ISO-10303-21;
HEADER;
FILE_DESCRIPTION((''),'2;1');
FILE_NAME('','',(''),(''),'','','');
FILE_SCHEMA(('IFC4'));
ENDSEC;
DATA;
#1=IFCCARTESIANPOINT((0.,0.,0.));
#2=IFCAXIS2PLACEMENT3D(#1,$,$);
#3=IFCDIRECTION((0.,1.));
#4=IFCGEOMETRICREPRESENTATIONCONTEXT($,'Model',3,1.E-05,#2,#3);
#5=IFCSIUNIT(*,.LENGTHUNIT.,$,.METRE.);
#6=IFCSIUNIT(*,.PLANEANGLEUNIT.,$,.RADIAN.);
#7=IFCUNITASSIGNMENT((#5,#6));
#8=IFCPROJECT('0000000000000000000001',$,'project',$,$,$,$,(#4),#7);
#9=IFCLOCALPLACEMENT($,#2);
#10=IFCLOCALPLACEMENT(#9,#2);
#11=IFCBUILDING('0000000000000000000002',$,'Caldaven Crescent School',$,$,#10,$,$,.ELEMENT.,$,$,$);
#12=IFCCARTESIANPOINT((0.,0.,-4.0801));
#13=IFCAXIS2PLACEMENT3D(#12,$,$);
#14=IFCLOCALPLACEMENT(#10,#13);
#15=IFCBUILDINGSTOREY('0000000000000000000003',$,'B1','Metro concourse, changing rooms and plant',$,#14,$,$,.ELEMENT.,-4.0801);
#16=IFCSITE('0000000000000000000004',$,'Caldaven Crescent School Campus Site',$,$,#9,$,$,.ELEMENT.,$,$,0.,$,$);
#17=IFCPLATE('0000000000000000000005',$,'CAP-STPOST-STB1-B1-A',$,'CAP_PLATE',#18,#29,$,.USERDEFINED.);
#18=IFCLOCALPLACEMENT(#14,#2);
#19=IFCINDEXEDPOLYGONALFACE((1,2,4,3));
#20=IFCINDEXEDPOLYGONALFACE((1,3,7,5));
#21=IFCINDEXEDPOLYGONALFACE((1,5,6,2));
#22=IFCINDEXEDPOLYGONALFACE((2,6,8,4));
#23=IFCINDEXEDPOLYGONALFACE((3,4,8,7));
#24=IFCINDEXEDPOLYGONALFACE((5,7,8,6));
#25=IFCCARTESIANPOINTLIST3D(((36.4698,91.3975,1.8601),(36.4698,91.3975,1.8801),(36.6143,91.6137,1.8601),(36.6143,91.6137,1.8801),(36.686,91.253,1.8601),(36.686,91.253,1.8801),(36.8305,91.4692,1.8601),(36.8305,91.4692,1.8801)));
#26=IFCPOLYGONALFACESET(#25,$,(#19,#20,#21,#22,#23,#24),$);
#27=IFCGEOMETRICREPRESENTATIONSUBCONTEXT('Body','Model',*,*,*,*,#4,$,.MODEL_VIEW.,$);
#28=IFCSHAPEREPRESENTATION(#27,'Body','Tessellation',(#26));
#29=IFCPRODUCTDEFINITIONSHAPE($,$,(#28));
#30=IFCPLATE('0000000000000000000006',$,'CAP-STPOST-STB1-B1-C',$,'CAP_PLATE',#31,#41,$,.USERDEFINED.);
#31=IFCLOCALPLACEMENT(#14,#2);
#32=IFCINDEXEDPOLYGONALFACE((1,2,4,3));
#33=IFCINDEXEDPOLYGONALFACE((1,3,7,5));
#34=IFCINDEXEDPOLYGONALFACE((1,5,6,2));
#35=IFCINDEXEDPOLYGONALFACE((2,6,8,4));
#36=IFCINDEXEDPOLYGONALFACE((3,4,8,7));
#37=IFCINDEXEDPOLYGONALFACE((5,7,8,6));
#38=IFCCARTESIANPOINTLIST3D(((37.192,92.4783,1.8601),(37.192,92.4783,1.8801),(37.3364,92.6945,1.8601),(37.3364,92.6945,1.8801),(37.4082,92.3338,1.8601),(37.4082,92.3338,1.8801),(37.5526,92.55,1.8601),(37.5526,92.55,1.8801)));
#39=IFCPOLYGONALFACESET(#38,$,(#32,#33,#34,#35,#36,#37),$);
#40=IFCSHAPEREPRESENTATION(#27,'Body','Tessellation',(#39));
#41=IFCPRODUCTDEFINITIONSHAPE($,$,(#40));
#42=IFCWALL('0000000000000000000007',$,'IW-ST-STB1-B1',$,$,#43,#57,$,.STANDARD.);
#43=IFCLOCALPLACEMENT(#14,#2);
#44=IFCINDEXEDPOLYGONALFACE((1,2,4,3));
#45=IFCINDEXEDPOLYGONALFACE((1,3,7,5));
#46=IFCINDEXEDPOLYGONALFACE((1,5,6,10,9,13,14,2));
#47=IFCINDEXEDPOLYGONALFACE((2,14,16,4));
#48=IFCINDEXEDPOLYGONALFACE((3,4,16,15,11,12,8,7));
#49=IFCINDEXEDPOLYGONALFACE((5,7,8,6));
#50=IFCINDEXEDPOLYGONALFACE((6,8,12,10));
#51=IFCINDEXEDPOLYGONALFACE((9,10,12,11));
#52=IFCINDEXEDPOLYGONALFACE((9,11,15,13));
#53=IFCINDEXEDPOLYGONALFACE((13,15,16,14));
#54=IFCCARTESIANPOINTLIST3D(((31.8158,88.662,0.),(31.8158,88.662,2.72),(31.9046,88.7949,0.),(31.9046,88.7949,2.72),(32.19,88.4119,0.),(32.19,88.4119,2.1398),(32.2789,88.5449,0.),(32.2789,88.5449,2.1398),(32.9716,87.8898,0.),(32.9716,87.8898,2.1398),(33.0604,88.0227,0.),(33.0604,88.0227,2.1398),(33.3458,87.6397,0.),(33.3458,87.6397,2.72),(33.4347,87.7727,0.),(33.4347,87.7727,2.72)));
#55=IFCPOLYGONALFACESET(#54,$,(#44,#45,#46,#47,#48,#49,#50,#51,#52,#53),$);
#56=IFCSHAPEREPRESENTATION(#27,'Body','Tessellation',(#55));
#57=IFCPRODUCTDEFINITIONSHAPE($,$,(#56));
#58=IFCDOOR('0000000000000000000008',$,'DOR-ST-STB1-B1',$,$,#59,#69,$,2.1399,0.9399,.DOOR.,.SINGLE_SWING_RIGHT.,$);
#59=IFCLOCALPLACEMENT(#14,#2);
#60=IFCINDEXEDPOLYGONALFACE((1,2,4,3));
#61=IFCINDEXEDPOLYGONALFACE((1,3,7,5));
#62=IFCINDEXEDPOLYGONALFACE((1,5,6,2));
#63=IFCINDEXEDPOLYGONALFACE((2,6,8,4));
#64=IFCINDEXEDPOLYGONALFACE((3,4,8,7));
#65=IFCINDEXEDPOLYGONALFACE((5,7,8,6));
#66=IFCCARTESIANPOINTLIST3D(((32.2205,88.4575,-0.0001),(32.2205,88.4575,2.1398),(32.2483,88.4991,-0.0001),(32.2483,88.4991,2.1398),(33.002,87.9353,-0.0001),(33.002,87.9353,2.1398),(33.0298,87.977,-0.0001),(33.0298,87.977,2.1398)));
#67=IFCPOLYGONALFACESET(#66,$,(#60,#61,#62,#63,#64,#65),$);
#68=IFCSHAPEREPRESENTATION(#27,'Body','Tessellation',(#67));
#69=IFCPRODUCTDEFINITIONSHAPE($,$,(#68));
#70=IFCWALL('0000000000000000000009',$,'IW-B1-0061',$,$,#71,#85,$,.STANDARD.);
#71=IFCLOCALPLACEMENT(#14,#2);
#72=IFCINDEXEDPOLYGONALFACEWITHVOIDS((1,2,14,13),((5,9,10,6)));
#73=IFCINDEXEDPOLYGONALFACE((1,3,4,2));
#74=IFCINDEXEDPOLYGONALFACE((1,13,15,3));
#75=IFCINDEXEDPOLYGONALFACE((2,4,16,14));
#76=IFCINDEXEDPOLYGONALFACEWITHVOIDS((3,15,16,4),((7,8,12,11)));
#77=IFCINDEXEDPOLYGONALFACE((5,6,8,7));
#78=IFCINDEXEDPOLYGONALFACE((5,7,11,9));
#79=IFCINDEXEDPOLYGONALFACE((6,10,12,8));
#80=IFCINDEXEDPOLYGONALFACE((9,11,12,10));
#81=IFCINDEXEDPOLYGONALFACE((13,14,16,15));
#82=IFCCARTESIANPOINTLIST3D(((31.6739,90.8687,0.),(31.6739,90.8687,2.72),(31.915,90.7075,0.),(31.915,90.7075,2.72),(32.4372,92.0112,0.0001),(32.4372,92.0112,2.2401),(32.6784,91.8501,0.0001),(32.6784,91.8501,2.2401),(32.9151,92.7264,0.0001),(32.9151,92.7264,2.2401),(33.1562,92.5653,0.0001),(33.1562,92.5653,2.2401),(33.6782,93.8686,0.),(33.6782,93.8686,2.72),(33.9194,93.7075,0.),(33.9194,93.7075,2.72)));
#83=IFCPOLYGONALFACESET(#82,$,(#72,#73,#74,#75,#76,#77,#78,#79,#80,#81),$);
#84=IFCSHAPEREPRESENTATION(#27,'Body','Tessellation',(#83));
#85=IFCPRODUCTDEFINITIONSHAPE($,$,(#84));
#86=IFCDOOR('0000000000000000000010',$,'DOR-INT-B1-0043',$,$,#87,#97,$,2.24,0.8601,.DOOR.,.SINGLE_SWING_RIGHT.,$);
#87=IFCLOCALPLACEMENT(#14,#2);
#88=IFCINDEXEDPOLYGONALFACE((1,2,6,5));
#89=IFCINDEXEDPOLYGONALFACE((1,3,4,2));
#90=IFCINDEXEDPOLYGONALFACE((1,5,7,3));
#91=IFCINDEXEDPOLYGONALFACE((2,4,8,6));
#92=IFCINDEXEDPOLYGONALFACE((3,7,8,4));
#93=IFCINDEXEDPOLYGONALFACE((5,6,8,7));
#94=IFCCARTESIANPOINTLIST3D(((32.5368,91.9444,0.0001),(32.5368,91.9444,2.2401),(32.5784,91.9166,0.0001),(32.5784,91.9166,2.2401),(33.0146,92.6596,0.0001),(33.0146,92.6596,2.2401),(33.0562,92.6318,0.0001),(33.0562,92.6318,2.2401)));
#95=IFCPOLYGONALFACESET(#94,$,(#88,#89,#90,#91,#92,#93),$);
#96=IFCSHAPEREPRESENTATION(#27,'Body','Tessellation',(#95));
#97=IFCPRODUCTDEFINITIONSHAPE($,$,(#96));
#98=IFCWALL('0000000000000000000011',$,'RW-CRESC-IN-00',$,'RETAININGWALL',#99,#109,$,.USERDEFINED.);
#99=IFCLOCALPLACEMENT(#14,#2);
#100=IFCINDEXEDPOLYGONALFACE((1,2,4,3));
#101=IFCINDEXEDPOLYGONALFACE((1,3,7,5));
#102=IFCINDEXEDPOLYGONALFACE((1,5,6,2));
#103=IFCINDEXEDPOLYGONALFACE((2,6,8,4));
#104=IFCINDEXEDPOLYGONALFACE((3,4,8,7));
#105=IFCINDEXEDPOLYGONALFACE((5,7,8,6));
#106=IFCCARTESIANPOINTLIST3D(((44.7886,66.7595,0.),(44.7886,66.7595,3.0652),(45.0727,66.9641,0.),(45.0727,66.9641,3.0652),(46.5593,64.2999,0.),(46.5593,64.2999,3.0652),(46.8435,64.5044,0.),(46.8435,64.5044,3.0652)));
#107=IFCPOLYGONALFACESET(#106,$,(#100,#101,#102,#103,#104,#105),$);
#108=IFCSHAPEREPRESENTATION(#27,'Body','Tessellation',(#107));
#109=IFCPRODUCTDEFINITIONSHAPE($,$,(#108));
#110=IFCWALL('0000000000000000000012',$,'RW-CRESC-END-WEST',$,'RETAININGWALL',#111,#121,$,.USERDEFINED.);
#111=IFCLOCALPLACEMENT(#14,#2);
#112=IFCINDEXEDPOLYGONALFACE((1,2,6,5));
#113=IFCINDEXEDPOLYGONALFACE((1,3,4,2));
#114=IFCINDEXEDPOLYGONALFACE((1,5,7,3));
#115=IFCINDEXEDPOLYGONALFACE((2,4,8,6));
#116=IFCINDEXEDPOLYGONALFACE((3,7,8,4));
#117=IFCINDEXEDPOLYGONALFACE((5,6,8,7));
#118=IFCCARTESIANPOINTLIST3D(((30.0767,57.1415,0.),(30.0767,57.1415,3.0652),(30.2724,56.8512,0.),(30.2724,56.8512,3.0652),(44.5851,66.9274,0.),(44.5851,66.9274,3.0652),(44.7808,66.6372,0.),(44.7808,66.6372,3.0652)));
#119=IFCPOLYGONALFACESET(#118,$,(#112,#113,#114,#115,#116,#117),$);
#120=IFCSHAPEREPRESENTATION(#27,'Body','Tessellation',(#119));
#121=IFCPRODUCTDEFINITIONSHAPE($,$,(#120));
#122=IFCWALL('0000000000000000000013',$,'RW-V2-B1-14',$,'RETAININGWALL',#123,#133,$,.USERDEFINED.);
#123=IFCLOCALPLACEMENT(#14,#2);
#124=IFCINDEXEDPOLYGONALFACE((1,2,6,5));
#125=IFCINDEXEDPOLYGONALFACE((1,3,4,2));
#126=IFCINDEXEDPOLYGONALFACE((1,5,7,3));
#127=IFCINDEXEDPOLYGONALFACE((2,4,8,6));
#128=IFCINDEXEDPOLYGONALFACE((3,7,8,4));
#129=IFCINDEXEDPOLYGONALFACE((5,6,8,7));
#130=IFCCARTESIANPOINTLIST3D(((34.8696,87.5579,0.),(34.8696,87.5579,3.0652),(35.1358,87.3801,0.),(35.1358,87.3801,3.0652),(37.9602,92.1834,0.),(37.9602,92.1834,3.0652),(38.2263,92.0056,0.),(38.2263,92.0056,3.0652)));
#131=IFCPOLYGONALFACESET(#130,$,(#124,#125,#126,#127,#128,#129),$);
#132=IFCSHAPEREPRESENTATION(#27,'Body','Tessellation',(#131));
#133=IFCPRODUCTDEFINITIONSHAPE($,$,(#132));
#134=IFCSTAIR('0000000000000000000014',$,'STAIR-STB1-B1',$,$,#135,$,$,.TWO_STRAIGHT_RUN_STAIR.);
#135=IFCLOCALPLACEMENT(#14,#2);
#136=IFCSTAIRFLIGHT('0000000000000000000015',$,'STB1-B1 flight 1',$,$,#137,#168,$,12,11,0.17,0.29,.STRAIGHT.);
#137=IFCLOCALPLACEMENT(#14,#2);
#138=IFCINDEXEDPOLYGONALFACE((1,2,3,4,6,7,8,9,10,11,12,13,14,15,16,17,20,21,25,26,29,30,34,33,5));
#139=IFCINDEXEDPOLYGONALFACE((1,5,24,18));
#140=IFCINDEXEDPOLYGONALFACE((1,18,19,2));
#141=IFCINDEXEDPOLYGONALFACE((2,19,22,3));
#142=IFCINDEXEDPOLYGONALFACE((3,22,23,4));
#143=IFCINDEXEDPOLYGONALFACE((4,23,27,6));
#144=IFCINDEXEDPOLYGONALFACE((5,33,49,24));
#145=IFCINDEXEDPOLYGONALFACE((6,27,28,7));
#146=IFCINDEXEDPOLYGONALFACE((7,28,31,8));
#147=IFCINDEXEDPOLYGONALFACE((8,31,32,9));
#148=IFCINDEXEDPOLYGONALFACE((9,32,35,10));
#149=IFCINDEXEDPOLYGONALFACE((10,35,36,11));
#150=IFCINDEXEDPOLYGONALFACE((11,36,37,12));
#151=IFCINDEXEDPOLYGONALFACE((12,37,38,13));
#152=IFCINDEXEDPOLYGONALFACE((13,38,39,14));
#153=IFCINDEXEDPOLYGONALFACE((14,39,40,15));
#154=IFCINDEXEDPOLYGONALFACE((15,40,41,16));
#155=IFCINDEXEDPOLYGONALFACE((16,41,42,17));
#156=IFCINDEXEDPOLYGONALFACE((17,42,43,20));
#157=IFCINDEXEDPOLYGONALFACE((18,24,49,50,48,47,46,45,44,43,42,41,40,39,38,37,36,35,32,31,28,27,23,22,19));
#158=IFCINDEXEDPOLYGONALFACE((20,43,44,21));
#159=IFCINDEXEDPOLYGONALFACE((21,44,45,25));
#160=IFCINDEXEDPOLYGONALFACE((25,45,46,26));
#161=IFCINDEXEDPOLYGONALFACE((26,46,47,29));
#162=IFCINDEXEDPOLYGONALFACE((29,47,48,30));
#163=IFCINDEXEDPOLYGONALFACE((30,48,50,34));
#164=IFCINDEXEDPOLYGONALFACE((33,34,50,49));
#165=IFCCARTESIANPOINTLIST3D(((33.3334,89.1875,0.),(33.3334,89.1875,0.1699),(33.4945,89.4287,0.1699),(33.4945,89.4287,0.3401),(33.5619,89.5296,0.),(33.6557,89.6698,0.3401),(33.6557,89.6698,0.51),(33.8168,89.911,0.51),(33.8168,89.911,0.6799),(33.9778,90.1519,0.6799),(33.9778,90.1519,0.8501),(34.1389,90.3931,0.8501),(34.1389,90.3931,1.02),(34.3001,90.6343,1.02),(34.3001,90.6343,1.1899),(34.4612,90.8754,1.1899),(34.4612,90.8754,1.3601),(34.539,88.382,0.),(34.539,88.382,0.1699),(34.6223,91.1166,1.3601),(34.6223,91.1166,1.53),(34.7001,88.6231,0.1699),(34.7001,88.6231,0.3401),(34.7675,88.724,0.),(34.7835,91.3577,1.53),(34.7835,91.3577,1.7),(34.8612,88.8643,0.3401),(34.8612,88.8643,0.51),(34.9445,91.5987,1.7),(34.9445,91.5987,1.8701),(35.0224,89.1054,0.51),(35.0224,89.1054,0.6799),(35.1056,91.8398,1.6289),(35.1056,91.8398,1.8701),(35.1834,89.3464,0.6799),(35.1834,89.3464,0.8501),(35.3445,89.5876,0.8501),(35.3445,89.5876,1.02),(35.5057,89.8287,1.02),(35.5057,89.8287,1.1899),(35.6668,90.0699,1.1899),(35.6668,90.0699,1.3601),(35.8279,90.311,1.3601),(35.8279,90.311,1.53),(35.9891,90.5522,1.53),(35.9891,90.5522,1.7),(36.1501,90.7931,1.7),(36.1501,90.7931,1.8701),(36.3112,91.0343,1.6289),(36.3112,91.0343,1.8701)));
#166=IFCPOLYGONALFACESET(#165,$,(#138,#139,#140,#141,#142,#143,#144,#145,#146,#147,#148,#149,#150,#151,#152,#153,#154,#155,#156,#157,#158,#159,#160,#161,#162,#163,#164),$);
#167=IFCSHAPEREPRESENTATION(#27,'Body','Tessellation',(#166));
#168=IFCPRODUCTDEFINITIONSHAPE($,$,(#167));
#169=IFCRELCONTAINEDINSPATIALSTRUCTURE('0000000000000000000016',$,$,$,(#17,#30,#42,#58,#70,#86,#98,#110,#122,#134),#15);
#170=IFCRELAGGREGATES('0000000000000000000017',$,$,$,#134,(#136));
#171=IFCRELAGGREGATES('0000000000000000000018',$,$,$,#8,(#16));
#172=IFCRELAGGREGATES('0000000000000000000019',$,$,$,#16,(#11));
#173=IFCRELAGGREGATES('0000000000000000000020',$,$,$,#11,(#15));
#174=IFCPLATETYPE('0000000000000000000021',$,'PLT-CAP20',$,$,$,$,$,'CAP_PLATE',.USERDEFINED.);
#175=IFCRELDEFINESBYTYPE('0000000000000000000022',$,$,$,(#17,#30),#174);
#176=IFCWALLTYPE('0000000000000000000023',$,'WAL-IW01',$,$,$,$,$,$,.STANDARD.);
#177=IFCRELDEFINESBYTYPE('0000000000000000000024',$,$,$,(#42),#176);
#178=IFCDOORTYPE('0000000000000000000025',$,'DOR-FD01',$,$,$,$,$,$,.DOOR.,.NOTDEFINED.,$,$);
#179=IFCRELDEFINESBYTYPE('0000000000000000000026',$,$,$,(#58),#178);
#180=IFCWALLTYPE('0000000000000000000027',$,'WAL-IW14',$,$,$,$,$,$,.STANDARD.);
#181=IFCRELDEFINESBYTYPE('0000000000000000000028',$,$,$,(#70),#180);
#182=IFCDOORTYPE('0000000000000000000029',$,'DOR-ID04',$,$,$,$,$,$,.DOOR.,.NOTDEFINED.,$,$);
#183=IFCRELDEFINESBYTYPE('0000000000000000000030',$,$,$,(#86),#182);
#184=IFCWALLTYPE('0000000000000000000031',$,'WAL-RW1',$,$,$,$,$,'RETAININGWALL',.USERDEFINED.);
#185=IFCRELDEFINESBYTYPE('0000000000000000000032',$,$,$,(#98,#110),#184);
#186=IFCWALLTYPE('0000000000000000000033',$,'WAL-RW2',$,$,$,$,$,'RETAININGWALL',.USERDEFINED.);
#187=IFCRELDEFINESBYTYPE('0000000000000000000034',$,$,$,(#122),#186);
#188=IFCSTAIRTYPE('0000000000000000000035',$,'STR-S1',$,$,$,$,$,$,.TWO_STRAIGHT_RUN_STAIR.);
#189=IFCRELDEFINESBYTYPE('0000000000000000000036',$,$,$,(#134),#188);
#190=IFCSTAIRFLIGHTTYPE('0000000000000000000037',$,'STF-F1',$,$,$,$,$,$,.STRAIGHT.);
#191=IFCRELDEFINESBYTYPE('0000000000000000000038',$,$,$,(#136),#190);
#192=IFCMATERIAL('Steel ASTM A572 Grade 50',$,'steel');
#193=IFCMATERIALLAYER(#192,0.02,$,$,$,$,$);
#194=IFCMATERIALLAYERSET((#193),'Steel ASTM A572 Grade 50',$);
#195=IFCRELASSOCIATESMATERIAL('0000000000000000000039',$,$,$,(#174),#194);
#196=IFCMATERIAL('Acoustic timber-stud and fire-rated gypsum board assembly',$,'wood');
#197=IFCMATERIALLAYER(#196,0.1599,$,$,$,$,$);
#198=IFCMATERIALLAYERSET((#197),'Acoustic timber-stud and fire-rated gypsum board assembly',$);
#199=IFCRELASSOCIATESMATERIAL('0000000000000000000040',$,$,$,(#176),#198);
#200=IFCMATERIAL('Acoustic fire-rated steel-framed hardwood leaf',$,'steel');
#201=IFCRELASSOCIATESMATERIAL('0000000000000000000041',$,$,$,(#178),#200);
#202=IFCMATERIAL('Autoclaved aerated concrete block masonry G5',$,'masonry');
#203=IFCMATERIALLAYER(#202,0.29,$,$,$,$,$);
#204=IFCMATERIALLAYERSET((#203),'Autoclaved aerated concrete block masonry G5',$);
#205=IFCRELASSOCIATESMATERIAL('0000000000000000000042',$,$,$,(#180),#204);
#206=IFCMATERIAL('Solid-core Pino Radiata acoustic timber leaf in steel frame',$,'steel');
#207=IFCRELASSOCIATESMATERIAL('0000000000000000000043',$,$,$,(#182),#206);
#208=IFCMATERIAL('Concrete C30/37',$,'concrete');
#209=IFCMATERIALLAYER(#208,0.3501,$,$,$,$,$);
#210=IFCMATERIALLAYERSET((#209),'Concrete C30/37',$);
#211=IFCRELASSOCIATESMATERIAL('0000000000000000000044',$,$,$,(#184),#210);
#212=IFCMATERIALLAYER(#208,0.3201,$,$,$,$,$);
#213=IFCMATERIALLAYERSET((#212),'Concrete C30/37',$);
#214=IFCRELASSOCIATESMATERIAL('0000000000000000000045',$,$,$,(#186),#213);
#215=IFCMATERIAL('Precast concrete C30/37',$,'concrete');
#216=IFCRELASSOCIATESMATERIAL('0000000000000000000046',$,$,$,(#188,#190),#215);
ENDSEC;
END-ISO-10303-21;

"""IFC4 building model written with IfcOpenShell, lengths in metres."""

from ifc_helpers import new_model, si_unit, direction, frame, frame_2d, origin, origin_2d, place, context, subcontext, project, spatial, polyline, rectangle, outline, extrude, material, layer, layer_set, type_object, element, fill, aggregate, save


model = new_model("IFC4")

# Units and contexts
model_context = context("Model", 3, precision=1e-05, world=origin(), true_north=direction((0.0, 1.0)))
body_context = subcontext(model_context, "Body", "Model", "MODEL_VIEW")
ifc_project = project(units=[si_unit("LENGTHUNIT", "METRE"), si_unit("PLANEANGLEUNIT", "RADIAN")], contexts=[model_context])

# Site, building, storey
site_placement = place(None, origin())
site = spatial("IfcSite", under=ifc_project, at=site_placement, Name="Caldaven Crescent School Campus Site", CompositionType="ELEMENT", RefElevation=0.0)
building_placement = place(site_placement, origin())
building = spatial("IfcBuilding", under=site, at=building_placement, Name="Caldaven Crescent School", CompositionType="ELEMENT")
storey_placement = place(building_placement, frame((0.0, 0.0, -4.0801)))
storey = spatial("IfcBuildingStorey", under=building, at=storey_placement, Name="B1", Description="Metro concourse, changing rooms and plant", CompositionType="ELEMENT", Elevation=-4.0801)

# Shared definitions
ifc_material_1 = material(Name="Steel ASTM A572 Grade 50", Category="steel")
ifc_material_2 = material(Name="Concrete C30/37", Category="concrete")

# Plates
ifc_layer_1 = layer(ifc_material_1, 0.02)
ifc_layer_set_1 = layer_set([ifc_layer_1], Name="Steel ASTM A572 Grade 50")
plate_type = type_object("IfcPlateType", Name="PLT-CAP20", ElementType="CAP_PLATE", PredefinedType="USERDEFINED", material=ifc_layer_set_1)
for number, where, z_axis, x_axis, name in (
    (1, (36.6501, 91.4333, 1.8601), (0.0, 0.0, 1.0), (0.55557, 0.83147, 0.0), "CAP-STPOST-STB1-B1-A"),
    (2, (37.3723, 92.5142, 1.8601), (0.0, 0.0, 1.0), (0.55557, 0.83147, 0.0), "CAP-STPOST-STB1-B1-C"),
):
    element("IfcPlate", number, at=place(storey_placement, frame(where, z_axis=z_axis, x_axis=x_axis)), inside=storey, type_object=plate_type, Name=name, ObjectType="CAP_PLATE", PredefinedType="USERDEFINED", context=body_context, shape_type="SweptSolid", body=[
        extrude(rectangle(XDim=0.26, YDim=0.26, at=origin_2d()), origin(), (0.0, 0.0, 1.0), 0.02),
    ])

# Walls, openings, doors
ifc_material_3 = material(Name="Acoustic timber-stud and fire-rated gypsum board assembly", Category="wood")
ifc_layer_2 = layer(ifc_material_3, 0.1599)
ifc_layer_set_2 = layer_set([ifc_layer_2], Name="Acoustic timber-stud and fire-rated gypsum board assembly")
wall_type_1 = type_object("IfcWallType", Name="WAL-IW01", PredefinedType="STANDARD", material=ifc_layer_set_2)
wall_1_placement = place(storey_placement, frame((33.3901, 87.7063, 0.0), z_axis=(0.0, 0.0, 1.0), x_axis=(-0.831499, 0.555527, 0.0)))
wall_1 = element("IfcWall", 3, at=wall_1_placement, inside=storey, type_object=wall_type_1, Name="IW-ST-STB1-B1", PredefinedType="STANDARD", context=body_context, shape_type="SweptSolid", body=[
    extrude(rectangle(XDim=1.8401, YDim=0.1599, at=frame_2d((0.9199, 0.0))), origin(), (0.0, 0.0, 1.0), 2.72),
])
opening_1_placement = place(wall_1_placement, frame((0.45, 0.0, 0.0)))
opening_1 = element("IfcOpeningElement", 4, at=opening_1_placement, cuts=wall_1, PredefinedType="OPENING", context=body_context, shape_type="SweptSolid", body=[
    extrude(rectangle(XDim=0.9399, YDim=2.1399, at=frame_2d((0.47, 1.0698))), frame((0.0, 0.0898, 0.0), z_axis=(0.0, -1.0, 0.0), x_axis=(1.0, 0.0, 0.0)), (0.0, 0.0, 1.0), 0.1799),
])
ifc_material_4 = material(Name="Acoustic fire-rated steel-framed hardwood leaf", Category="steel")
door_type_1 = type_object("IfcDoorType", Name="DOR-FD01", OperationType="NOTDEFINED", PredefinedType="DOOR", material=ifc_material_4)
door_1_placement = place(opening_1_placement, frame((0.9399, 0.0, 0.0), z_axis=(0.0, 0.0, 1.0), x_axis=(-1.0, 0.0, 0.0)))
door_1 = element("IfcDoor", 5, at=door_1_placement, inside=storey, type_object=door_type_1, Name="DOR-ST-STB1-B1", OperationType="SINGLE_SWING_RIGHT", OverallHeight=2.1399, OverallWidth=0.9399, PredefinedType="DOOR", context=body_context, shape_type="SweptSolid", body=[
    extrude(rectangle(XDim=0.9399, YDim=2.1399, at=frame_2d((0.47, 1.0698))), frame((0.0, 0.0249, 0.0), z_axis=(0.0, -1.0, 0.0), x_axis=(1.0, 0.0, 0.0)), (0.0, 0.0, 1.0), 0.05),
])
fill(opening_1, door_1)
ifc_material_5 = material(Name="Autoclaved aerated concrete block masonry G5", Category="masonry")
ifc_layer_3 = layer(ifc_material_5, 0.29)
ifc_layer_set_3 = layer_set([ifc_layer_3], Name="Autoclaved aerated concrete block masonry G5")
wall_type_2 = type_object("IfcWallType", Name="WAL-IW14", PredefinedType="STANDARD", material=ifc_layer_set_3)
wall_2_placement = place(storey_placement, frame((31.7944, 90.7881, 0.0), z_axis=(0.0, 0.0, 1.0), x_axis=(0.555543, 0.831488, 0.0)))
wall_2 = element("IfcWall", 6, at=wall_2_placement, inside=storey, type_object=wall_type_2, Name="IW-B1-0061", PredefinedType="STANDARD", context=body_context, shape_type="SweptSolid", body=[
    extrude(rectangle(XDim=3.6079, YDim=0.29, at=frame_2d((1.804, 0.0))), origin(), (0.0, 0.0, 1.0), 2.72),
])
opening_2_placement = place(wall_2_placement, frame((1.374, 0.0, 0.0)))
opening_2 = element("IfcOpeningElement", 7, at=opening_2_placement, cuts=wall_2, PredefinedType="OPENING", context=body_context, shape_type="SweptSolid", body=[
    extrude(rectangle(XDim=0.8601, YDim=2.24, at=frame_2d((0.4302, 1.1201))), frame((0.0, 0.155, 0.0), z_axis=(0.0, -1.0, 0.0), x_axis=(1.0, 0.0, 0.0)), (0.0, 0.0, 1.0), 0.3101),
])
ifc_material_6 = material(Name="Solid-core Pino Radiata acoustic timber leaf in steel frame", Category="steel")
door_type_2 = type_object("IfcDoorType", Name="DOR-ID04", OperationType="NOTDEFINED", PredefinedType="DOOR", material=ifc_material_6)
door_2_placement = place(opening_2_placement, frame((0.8601, 0.0, 0.0), z_axis=(0.0, 0.0, 1.0), x_axis=(-1.0, 0.0, 0.0)))
door_2 = element("IfcDoor", 8, at=door_2_placement, inside=storey, type_object=door_type_2, Name="DOR-INT-B1-0043", OperationType="SINGLE_SWING_RIGHT", OverallHeight=2.24, OverallWidth=0.8601, PredefinedType="DOOR", context=body_context, shape_type="SweptSolid", body=[
    extrude(rectangle(XDim=0.8601, YDim=2.24, at=frame_2d((0.4302, 1.1201))), frame((0.0, 0.0249, 0.0), z_axis=(0.0, -1.0, 0.0), x_axis=(1.0, 0.0, 0.0)), (0.0, 0.0, 1.0), 0.05),
])
fill(opening_2, door_2)

# Walls
ifc_layer_4 = layer(ifc_material_2, 0.3501)
ifc_layer_set_4 = layer_set([ifc_layer_4], Name="Concrete C30/37")
wall_type_3 = type_object("IfcWallType", Name="WAL-RW1", ElementType="RETAININGWALL", PredefinedType="USERDEFINED", material=ifc_layer_set_4)
wall_3_placement = place(storey_placement, frame((44.9307, 66.8618, 0.0), z_axis=(0.0, 0.0, 1.0), x_axis=(0.584252, -0.811573, 0.0)))
element("IfcWall", 9, at=wall_3_placement, inside=storey, type_object=wall_type_3, Name="RW-CRESC-IN-00", ObjectType="RETAININGWALL", PredefinedType="USERDEFINED", context=body_context, shape_type="SweptSolid", body=[
    extrude(rectangle(XDim=3.0308, YDim=0.3501, at=frame_2d((1.5154, 0.0))), origin(), (0.0, 0.0, 1.0), 3.0652),
])
wall_4_placement = place(storey_placement, frame((44.6829, 66.7822, 0.0), z_axis=(0.0, 0.0, 1.0), x_axis=(-0.82904, -0.55919, 0.0)))
element("IfcWall", 10, at=wall_4_placement, inside=storey, type_object=wall_type_3, Name="RW-CRESC-END-WEST", ObjectType="RETAININGWALL", PredefinedType="USERDEFINED", context=body_context, shape_type="SweptSolid", body=[
    extrude(rectangle(XDim=17.5002, YDim=0.3501, at=frame_2d((8.75, 0.0))), origin(), (0.0, 0.0, 1.0), 3.0652),
])
ifc_layer_5 = layer(ifc_material_2, 0.3201)
ifc_layer_set_5 = layer_set([ifc_layer_5], Name="Concrete C30/37")
wall_type_4 = type_object("IfcWallType", Name="WAL-RW2", ElementType="RETAININGWALL", PredefinedType="USERDEFINED", material=ifc_layer_set_5)
wall_5_placement = place(storey_placement, frame((35.0027, 87.469, 0.0), z_axis=(0.0, 0.0, 1.0), x_axis=(0.555561, 0.831476, 0.0)))
element("IfcWall", 11, at=wall_5_placement, inside=storey, type_object=wall_type_4, Name="RW-V2-B1-14", ObjectType="RETAININGWALL", PredefinedType="USERDEFINED", context=body_context, shape_type="SweptSolid", body=[
    extrude(rectangle(XDim=5.563, YDim=0.3201, at=frame_2d((2.7815, 0.0))), origin(), (0.0, 0.0, 1.0), 3.0652),
])

# Stair, stair flight
ifc_material_7 = material(Name="Precast concrete C30/37", Category="concrete")
stair_type = type_object("IfcStairType", Name="STR-S1", PredefinedType="TWO_STRAIGHT_RUN_STAIR", material=ifc_material_7)
stair_placement = place(storey_placement, origin())
stair = element("IfcStair", 12, at=stair_placement, inside=storey, type_object=stair_type, Name="STAIR-STB1-B1", PredefinedType="TWO_STRAIGHT_RUN_STAIR")
stair_flight_type = type_object("IfcStairFlightType", Name="STF-F1", PredefinedType="STRAIGHT", material=ifc_material_7)
stair_flight_placement = place(storey_placement, frame((33.9363, 88.7847, 0.0), z_axis=(0.0, 0.0, 1.0), x_axis=(0.55557, 0.83147, 0.0)))
stair_flight = element("IfcStairFlight", 13, at=stair_flight_placement, type_object=stair_flight_type, Name="STB1-B1 flight 1", NumberOfRisers=12, NumberOfTreads=11, PredefinedType="STRAIGHT", RiserHeight=0.17, TreadLength=0.29, context=body_context, shape_type="SweptSolid", body=[
    extrude(outline(polyline([(0.0, 0.0), (0.0, 0.1699), (0.29, 0.1699), (0.29, 0.3401), (0.5801, 0.3401), (0.5801, 0.51), (0.8701, 0.51), (0.8701, 0.6799), (1.1599, 0.6799), (1.1599, 0.8501), (1.45, 0.8501), (1.45, 1.02), (1.74, 1.02), (1.74, 1.1899), (2.03, 1.1899), (2.03, 1.3601), (2.3201, 1.3601), (2.3201, 1.53), (2.6101, 1.53), (2.6101, 1.7), (2.8999, 1.7), (2.8999, 1.8701), (3.1899, 1.8701), (3.1899, 2.04), (3.1899, 1.6289), (0.4114, 0.0), (0.0, 0.0)])), frame((0.0, 0.7251, 0.0), z_axis=(0.0, -1.0, 0.0), x_axis=(1.0, 0.0, 0.0)), (0.0, 0.0, 1.0), 1.45),
])
aggregate(stair, [stair_flight])

save(model, "model.ifc")
